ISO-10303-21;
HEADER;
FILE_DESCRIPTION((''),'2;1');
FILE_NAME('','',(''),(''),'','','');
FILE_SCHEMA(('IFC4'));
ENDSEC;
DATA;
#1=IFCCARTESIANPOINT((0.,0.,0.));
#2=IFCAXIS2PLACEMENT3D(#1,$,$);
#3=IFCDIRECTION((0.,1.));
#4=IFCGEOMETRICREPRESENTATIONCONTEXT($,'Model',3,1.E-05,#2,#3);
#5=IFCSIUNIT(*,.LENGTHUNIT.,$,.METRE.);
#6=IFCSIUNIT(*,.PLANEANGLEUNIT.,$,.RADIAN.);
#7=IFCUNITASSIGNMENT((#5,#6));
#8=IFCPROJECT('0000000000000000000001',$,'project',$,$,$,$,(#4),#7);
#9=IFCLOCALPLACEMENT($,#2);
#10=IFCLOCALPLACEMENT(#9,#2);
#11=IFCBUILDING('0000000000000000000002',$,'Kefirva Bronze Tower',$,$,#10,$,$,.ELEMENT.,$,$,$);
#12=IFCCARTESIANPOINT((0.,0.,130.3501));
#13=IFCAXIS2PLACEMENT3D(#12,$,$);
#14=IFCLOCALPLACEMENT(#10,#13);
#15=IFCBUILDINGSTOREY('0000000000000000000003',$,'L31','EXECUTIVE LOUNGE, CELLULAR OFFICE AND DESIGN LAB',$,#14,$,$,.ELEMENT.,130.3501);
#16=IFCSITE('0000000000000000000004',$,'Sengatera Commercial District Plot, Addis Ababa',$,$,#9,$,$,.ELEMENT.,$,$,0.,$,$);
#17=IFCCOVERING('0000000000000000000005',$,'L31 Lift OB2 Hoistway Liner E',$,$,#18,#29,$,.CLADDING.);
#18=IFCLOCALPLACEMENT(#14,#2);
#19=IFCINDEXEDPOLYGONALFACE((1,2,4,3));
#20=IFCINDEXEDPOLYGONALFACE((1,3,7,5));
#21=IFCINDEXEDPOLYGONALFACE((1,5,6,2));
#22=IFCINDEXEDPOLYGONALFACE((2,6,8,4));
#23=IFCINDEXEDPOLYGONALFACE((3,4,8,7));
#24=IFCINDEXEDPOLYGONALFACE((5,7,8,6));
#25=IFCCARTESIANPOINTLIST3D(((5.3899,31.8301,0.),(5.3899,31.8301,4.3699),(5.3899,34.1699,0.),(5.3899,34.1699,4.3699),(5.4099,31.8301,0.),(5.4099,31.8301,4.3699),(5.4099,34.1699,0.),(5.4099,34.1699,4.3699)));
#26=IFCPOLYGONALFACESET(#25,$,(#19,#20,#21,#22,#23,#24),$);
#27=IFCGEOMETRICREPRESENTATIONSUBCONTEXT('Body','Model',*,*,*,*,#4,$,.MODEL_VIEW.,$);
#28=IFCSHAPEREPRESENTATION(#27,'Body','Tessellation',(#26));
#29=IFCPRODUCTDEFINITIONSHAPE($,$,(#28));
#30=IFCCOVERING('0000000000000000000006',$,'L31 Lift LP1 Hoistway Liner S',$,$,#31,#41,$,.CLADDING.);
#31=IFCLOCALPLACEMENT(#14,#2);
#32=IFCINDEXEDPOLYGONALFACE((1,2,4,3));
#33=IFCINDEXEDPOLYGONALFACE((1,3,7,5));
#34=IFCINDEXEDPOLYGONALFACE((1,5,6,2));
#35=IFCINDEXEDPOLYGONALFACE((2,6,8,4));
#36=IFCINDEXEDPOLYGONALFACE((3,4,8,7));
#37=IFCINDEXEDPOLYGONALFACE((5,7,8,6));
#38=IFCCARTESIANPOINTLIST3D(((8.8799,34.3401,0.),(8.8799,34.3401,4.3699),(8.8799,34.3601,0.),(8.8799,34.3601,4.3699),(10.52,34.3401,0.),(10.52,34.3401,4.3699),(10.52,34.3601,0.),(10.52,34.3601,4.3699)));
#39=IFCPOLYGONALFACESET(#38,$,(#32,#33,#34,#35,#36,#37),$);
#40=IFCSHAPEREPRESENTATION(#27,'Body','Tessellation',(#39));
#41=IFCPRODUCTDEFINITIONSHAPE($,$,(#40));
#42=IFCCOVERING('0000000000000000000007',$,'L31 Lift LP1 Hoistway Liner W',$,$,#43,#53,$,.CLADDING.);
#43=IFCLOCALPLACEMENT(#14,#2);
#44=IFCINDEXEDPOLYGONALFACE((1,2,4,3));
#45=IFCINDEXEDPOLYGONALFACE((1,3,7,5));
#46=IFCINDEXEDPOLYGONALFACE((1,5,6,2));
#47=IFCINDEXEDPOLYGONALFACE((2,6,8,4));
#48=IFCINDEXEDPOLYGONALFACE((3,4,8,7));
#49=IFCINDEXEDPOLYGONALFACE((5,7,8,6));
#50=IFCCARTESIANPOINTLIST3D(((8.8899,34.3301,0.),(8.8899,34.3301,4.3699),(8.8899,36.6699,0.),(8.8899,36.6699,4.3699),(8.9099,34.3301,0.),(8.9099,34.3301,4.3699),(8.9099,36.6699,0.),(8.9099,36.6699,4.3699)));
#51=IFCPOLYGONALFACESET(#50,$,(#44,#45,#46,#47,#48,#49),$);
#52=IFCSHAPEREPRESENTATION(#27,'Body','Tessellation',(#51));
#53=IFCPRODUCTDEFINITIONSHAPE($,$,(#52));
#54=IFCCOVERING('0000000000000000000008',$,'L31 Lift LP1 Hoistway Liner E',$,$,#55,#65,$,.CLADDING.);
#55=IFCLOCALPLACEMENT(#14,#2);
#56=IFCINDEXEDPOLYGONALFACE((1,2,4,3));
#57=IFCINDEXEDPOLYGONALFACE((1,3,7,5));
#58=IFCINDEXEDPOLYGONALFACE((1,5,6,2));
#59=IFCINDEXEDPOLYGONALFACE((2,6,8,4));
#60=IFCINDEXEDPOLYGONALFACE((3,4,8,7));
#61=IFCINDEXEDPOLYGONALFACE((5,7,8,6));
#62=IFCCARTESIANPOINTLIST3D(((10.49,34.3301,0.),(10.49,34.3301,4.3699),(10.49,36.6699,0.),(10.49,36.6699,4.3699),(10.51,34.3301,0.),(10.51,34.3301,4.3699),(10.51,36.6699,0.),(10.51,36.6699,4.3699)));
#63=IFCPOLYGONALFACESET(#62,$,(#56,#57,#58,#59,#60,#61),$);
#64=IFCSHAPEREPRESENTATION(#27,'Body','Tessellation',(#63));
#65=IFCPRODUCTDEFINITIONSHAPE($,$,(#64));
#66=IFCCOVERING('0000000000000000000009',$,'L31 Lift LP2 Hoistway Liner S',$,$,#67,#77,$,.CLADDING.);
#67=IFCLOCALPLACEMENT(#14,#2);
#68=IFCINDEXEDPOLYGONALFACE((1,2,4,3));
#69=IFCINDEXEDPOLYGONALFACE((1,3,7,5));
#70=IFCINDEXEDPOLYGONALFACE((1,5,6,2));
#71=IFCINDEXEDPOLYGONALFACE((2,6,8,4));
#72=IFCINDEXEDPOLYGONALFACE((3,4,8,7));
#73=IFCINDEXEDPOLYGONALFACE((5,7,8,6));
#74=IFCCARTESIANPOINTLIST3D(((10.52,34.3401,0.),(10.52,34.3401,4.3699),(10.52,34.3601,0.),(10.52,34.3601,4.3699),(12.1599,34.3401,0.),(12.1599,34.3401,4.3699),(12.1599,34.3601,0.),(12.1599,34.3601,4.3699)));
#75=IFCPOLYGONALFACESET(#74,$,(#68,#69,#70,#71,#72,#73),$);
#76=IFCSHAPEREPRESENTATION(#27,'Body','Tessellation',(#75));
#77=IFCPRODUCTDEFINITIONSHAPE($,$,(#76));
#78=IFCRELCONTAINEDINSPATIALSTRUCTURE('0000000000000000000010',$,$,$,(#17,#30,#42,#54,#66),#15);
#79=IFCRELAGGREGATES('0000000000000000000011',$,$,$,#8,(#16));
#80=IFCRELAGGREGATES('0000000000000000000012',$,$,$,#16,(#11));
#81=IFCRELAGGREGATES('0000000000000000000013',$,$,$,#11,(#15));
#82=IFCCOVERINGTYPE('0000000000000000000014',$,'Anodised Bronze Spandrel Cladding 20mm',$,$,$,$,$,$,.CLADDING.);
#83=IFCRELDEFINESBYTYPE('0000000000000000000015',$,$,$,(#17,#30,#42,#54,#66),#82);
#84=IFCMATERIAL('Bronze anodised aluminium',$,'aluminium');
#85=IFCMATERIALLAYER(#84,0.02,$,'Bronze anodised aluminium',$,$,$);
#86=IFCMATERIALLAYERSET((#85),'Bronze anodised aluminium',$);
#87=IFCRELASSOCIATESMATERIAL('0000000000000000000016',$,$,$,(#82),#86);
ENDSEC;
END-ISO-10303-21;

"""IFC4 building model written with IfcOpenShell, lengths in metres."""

from ifc_helpers import new_model, si_unit, direction, frame, origin, place, context, subcontext, project, spatial, polyline, outline, extrude, material, layer, layer_set, type_object, element, save


model = new_model("IFC4")

# Units and contexts
model_context = context("Model", 3, precision=1e-05, world=origin(), true_north=direction((0.0, 1.0)))
body_context = subcontext(model_context, "Body", "Model", "MODEL_VIEW")
ifc_project = project(units=[si_unit("LENGTHUNIT", "METRE"), si_unit("PLANEANGLEUNIT", "RADIAN")], contexts=[model_context])

# Site, building, storey
site_placement = place(None, origin())
site = spatial("IfcSite", under=ifc_project, at=site_placement, Name="Sengatera Commercial District Plot, Addis Ababa", CompositionType="ELEMENT", RefElevation=0.0)
building_placement = place(site_placement, origin())
building = spatial("IfcBuilding", under=site, at=building_placement, Name="Kefirva Bronze Tower", CompositionType="ELEMENT")
storey_placement = place(building_placement, frame((0.0, 0.0, 130.3501)))
storey = spatial("IfcBuildingStorey", under=building, at=storey_placement, Name="L31", Description="EXECUTIVE LOUNGE, CELLULAR OFFICE AND DESIGN LAB", CompositionType="ELEMENT", Elevation=130.3501)

# Coverings
ifc_material_1 = material(Name="Bronze anodised aluminium", Category="aluminium")
ifc_layer_1 = layer(ifc_material_1, 0.02, Name="Bronze anodised aluminium")
ifc_layer_set_1 = layer_set([ifc_layer_1], Name="Bronze anodised aluminium")
covering_type = type_object("IfcCoveringType", Name="Anodised Bronze Spandrel Cladding 20mm", PredefinedType="CLADDING", material=ifc_layer_set_1)
covering_1_placement = place(storey_placement, origin())
element("IfcCovering", 1, at=covering_1_placement, inside=storey, type_object=covering_type, Name="L31 Lift OB2 Hoistway Liner E", PredefinedType="CLADDING", context=body_context, shape_type="SweptSolid", body=[
    extrude(outline(polyline([(5.3899, 31.8301), (5.4099, 31.8301), (5.4099, 34.1699), (5.3899, 34.1699), (5.3899, 31.8301)])), origin(), (0.0, 0.0, 1.0), 4.3699),
])
covering_2_placement = place(storey_placement, origin())
element("IfcCovering", 2, at=covering_2_placement, inside=storey, type_object=covering_type, Name="L31 Lift LP1 Hoistway Liner S", PredefinedType="CLADDING", context=body_context, shape_type="SweptSolid", body=[
    extrude(outline(polyline([(8.8799, 34.3401), (10.52, 34.3401), (10.52, 34.3601), (8.8799, 34.3601), (8.8799, 34.3401)])), origin(), (0.0, 0.0, 1.0), 4.3699),
])
covering_3_placement = place(storey_placement, origin())
element("IfcCovering", 3, at=covering_3_placement, inside=storey, type_object=covering_type, Name="L31 Lift LP1 Hoistway Liner W", PredefinedType="CLADDING", context=body_context, shape_type="SweptSolid", body=[
    extrude(outline(polyline([(8.8899, 34.3301), (8.9099, 34.3301), (8.9099, 36.6699), (8.8899, 36.6699), (8.8899, 34.3301)])), origin(), (0.0, 0.0, 1.0), 4.3699),
])
covering_4_placement = place(storey_placement, origin())
element("IfcCovering", 4, at=covering_4_placement, inside=storey, type_object=covering_type, Name="L31 Lift LP1 Hoistway Liner E", PredefinedType="CLADDING", context=body_context, shape_type="SweptSolid", body=[
    extrude(outline(polyline([(10.49, 34.3301), (10.51, 34.3301), (10.51, 36.6699), (10.49, 36.6699), (10.49, 34.3301)])), origin(), (0.0, 0.0, 1.0), 4.3699),
])
covering_5_placement = place(storey_placement, origin())
element("IfcCovering", 5, at=covering_5_placement, inside=storey, type_object=covering_type, Name="L31 Lift LP2 Hoistway Liner S", PredefinedType="CLADDING", context=body_context, shape_type="SweptSolid", body=[
    extrude(outline(polyline([(10.52, 34.3401), (12.1599, 34.3401), (12.1599, 34.3601), (10.52, 34.3601), (10.52, 34.3401)])), origin(), (0.0, 0.0, 1.0), 4.3699),
])

save(model, "model.ifc")
